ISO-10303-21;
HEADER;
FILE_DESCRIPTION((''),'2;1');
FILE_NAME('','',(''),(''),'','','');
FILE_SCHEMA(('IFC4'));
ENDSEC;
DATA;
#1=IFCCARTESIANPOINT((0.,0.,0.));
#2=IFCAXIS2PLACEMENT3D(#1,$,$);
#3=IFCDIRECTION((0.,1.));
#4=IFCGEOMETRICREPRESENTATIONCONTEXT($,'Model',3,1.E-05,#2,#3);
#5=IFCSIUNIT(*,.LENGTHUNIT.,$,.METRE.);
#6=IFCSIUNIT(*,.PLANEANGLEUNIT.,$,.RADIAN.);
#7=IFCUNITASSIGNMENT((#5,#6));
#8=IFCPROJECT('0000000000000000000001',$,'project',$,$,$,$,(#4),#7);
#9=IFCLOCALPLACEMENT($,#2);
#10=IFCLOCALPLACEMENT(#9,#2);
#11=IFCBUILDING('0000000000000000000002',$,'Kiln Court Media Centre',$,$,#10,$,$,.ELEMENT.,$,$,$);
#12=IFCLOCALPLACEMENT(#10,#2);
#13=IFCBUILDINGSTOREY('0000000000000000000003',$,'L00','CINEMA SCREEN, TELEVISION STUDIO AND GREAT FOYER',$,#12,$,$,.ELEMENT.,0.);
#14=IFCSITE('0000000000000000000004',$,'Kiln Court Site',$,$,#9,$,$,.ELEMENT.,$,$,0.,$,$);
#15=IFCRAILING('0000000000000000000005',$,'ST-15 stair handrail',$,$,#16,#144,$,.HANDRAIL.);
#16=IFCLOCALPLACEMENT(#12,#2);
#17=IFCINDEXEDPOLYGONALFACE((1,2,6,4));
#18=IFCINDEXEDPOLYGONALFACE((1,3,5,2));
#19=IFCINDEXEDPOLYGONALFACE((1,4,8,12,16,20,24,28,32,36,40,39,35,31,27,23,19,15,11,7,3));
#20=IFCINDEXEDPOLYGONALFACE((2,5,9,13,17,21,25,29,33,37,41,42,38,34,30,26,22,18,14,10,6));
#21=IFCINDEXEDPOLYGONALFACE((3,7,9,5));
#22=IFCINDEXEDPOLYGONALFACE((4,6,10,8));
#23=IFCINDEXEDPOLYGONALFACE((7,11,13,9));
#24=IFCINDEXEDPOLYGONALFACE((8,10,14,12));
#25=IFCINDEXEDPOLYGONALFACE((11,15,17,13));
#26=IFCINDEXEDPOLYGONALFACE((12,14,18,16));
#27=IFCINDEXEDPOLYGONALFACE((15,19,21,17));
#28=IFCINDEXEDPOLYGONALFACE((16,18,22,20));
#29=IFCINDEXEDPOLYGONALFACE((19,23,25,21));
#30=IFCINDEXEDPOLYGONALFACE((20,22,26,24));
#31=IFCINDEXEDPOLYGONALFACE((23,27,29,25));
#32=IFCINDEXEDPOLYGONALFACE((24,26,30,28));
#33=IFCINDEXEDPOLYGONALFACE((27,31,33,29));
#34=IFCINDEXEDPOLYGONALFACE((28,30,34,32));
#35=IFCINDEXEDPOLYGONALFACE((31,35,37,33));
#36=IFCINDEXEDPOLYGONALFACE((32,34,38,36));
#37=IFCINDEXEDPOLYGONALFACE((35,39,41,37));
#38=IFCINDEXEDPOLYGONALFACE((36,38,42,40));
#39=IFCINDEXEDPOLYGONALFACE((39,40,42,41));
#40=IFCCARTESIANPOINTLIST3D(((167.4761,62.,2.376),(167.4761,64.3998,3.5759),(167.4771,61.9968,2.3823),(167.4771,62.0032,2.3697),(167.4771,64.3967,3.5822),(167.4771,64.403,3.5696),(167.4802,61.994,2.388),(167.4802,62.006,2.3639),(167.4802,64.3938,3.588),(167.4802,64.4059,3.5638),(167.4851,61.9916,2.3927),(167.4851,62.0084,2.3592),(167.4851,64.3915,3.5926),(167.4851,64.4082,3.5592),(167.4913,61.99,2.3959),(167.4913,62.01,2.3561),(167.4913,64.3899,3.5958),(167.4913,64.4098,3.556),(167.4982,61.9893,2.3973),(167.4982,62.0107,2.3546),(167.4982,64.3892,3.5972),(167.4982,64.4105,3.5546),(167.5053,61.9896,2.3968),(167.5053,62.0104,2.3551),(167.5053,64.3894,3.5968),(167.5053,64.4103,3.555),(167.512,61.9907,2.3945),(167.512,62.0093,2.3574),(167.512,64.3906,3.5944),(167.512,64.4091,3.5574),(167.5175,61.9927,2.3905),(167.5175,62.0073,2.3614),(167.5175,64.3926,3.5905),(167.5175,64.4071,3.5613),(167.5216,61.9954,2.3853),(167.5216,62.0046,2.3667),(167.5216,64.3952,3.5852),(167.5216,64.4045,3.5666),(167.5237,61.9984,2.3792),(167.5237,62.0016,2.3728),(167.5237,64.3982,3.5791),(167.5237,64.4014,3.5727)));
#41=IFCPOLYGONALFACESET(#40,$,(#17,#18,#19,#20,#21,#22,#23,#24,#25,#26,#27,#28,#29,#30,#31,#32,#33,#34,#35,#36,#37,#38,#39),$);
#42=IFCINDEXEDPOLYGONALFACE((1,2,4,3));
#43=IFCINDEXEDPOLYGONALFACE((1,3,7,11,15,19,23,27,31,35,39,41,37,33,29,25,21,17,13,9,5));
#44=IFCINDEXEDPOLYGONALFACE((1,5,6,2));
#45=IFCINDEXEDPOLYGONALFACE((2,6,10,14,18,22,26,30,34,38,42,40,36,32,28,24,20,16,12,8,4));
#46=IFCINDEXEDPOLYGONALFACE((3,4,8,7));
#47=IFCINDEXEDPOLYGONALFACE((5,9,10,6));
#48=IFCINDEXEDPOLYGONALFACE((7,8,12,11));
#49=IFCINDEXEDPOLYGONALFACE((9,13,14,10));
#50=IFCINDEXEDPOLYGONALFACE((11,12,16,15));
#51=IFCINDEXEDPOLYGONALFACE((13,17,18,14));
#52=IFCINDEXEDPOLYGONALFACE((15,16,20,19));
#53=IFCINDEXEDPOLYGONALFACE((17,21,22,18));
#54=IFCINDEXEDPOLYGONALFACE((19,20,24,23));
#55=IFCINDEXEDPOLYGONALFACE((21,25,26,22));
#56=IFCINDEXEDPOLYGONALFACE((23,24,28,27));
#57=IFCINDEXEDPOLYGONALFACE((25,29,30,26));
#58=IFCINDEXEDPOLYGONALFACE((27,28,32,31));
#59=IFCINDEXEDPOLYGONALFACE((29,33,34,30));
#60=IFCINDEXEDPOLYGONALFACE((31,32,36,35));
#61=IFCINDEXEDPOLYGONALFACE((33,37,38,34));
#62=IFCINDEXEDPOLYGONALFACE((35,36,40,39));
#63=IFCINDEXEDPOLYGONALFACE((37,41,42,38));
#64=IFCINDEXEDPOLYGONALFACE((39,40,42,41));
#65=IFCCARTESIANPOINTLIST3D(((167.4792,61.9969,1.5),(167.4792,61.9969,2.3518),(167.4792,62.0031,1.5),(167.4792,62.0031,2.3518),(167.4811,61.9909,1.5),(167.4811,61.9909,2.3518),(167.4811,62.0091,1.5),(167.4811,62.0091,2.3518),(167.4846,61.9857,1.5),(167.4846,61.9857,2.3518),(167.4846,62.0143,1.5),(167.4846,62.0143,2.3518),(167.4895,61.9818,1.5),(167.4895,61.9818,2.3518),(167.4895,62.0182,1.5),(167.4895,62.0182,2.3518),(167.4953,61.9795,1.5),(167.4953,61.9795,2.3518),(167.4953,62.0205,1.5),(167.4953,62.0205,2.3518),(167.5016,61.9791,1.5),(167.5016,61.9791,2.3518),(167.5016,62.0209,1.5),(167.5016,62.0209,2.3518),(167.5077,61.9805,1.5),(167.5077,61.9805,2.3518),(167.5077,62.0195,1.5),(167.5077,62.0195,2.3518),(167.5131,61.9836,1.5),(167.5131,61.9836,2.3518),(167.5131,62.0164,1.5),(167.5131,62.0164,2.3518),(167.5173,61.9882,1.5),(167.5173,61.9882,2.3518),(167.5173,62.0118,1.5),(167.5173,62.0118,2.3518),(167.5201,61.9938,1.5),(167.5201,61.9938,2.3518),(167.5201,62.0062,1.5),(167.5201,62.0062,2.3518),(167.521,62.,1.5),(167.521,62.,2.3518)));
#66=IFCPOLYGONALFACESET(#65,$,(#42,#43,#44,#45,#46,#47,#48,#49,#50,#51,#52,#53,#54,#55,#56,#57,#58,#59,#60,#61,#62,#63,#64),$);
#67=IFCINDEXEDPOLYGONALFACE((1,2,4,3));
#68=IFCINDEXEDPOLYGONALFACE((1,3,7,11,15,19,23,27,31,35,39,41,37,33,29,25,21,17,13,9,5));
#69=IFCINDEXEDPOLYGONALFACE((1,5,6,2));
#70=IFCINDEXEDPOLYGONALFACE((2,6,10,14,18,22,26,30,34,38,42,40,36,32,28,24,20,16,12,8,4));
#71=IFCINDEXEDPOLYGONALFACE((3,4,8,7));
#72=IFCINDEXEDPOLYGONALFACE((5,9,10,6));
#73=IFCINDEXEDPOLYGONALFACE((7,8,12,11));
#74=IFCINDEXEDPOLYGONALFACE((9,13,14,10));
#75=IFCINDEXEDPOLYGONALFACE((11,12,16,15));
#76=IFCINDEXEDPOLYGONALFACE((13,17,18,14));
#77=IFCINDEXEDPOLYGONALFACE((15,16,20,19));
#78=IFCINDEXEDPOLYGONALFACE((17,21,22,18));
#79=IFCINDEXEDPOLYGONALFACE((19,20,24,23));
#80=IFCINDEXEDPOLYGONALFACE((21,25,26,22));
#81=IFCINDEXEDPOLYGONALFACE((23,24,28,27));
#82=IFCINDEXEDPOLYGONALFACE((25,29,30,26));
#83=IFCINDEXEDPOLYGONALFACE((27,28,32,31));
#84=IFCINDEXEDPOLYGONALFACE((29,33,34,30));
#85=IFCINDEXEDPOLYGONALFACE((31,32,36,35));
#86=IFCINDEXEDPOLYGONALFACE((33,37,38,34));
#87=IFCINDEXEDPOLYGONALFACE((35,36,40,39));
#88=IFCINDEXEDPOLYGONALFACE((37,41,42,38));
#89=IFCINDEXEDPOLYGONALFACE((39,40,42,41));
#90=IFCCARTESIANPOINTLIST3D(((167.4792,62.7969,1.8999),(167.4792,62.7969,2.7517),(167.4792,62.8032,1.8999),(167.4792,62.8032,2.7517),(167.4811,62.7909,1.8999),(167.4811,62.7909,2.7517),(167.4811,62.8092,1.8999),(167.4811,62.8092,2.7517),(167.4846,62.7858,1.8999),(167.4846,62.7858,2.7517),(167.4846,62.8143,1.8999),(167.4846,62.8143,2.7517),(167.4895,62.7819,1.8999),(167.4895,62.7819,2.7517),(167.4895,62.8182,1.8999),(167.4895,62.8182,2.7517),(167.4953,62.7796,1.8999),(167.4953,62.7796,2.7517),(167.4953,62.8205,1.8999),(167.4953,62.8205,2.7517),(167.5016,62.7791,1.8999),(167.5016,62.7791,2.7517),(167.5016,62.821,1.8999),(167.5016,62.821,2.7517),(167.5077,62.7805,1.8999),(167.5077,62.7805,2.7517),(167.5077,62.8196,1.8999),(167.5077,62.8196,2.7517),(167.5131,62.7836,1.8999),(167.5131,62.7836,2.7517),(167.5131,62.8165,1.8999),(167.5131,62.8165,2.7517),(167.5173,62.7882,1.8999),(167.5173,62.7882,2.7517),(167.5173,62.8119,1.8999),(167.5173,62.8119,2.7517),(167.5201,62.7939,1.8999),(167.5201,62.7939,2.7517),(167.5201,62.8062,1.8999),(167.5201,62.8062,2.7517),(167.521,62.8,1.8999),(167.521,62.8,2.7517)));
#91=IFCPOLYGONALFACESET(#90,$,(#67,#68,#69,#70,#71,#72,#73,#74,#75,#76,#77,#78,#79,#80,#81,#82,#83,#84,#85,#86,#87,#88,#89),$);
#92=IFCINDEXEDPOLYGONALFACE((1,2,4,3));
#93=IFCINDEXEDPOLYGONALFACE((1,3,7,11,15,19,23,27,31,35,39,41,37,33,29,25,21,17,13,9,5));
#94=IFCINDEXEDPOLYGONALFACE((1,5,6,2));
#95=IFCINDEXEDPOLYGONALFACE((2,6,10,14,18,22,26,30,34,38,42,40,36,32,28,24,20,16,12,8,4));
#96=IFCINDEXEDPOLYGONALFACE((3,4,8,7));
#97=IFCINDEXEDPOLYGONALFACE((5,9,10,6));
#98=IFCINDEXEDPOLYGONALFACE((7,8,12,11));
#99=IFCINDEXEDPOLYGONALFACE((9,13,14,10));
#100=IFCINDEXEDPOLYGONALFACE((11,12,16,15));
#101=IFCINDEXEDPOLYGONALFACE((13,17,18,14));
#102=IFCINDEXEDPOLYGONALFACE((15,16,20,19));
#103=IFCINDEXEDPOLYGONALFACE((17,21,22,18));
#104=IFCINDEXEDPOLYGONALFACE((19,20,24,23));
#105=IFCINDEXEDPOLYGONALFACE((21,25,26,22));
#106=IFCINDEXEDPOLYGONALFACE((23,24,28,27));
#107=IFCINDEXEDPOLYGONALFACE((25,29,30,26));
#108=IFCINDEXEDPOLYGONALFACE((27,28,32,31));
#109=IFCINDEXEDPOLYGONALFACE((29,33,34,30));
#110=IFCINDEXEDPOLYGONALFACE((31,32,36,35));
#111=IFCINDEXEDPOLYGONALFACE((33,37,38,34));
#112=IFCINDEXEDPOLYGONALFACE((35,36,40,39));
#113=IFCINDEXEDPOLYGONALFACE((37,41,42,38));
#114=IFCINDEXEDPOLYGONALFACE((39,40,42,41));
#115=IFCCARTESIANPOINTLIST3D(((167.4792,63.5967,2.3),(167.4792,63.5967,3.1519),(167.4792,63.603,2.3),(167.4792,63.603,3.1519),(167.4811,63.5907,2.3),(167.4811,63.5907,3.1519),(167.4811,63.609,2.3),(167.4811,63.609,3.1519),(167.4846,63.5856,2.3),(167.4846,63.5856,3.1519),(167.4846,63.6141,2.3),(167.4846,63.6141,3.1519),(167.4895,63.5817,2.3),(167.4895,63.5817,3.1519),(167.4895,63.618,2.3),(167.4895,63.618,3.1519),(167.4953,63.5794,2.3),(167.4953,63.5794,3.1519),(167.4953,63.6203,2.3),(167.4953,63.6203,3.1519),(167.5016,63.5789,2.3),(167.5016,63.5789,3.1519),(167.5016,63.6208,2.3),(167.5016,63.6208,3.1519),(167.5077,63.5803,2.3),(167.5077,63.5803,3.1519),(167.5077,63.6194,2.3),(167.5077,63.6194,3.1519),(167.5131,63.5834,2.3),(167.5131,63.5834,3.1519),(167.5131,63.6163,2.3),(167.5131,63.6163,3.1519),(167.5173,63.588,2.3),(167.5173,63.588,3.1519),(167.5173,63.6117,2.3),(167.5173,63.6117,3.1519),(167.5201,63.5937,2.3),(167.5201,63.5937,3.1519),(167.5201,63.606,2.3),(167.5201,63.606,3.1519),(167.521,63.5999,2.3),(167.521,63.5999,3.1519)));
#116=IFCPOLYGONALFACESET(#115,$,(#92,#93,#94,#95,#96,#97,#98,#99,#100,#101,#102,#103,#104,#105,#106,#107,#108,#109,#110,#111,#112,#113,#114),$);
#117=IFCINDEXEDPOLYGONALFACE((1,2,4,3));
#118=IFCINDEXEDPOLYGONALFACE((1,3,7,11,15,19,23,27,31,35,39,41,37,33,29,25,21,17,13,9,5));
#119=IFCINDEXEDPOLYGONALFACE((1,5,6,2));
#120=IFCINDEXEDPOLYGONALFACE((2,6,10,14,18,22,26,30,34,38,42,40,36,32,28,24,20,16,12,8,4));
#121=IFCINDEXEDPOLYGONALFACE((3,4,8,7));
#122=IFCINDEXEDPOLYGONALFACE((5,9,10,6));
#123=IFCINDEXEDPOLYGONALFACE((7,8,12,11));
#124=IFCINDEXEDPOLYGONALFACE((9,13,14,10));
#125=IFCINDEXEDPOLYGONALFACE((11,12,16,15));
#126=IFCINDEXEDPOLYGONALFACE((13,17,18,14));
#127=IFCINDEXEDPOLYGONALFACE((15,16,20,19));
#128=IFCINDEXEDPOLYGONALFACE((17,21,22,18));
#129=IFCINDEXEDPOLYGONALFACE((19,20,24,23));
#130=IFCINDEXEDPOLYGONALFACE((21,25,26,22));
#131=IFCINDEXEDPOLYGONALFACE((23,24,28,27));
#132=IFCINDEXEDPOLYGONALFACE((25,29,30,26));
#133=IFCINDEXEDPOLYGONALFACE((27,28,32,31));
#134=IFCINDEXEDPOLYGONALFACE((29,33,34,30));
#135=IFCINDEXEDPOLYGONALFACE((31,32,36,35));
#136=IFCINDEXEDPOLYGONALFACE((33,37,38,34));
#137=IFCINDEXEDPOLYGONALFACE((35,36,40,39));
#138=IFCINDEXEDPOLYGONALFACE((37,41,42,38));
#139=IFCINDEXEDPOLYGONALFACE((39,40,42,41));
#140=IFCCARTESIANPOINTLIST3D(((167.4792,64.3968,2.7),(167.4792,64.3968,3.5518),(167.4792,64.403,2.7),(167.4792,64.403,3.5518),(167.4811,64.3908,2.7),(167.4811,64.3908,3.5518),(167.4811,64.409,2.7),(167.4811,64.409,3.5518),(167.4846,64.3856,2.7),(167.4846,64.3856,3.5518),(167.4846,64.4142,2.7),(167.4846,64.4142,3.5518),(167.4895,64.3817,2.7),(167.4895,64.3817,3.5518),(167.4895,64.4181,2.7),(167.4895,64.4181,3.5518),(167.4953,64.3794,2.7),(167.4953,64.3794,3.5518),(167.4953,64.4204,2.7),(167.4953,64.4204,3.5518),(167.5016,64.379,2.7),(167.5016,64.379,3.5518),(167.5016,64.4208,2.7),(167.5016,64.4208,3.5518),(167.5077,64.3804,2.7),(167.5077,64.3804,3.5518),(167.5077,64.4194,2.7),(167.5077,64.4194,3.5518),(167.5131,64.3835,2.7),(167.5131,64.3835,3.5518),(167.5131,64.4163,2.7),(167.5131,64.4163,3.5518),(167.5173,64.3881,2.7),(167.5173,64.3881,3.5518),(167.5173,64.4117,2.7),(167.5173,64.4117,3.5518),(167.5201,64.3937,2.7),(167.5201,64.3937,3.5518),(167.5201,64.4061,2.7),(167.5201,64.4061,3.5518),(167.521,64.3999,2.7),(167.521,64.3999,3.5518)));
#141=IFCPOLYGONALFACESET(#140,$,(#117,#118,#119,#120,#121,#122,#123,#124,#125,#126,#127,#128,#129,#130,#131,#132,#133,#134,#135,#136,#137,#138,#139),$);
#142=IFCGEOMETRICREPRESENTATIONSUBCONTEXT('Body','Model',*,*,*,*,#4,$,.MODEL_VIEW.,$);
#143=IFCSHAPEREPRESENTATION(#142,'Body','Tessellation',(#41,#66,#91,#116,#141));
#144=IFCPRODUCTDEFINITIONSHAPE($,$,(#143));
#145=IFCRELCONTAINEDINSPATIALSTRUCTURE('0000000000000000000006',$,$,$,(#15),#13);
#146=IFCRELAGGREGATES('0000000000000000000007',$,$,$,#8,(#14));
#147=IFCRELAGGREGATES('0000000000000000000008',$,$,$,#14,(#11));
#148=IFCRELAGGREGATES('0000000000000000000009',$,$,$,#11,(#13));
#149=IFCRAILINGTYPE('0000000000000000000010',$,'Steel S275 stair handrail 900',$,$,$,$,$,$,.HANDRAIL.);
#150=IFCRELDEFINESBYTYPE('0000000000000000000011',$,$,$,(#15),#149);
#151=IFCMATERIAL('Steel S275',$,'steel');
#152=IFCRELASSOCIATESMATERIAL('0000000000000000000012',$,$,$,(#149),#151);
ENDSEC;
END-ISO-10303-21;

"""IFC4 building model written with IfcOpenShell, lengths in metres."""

from ifc_helpers import new_model, si_unit, direction, frame, origin, origin_2d, place, context, subcontext, project, spatial, circle, extrude, material, type_object, element, save


model = new_model("IFC4")

# Units and contexts
model_context = context("Model", 3, precision=1e-05, world=origin(), true_north=direction((0.0, 1.0)))
body_context = subcontext(model_context, "Body", "Model", "MODEL_VIEW")
ifc_project = project(units=[si_unit("LENGTHUNIT", "METRE"), si_unit("PLANEANGLEUNIT", "RADIAN")], contexts=[model_context])

# Site, building, storey
site_placement = place(None, origin())
site = spatial("IfcSite", under=ifc_project, at=site_placement, Name="Kiln Court Site", CompositionType="ELEMENT", RefElevation=0.0)
building_placement = place(site_placement, origin())
building = spatial("IfcBuilding", under=site, at=building_placement, Name="Kiln Court Media Centre", CompositionType="ELEMENT")
storey_placement = place(building_placement, origin())
storey = spatial("IfcBuildingStorey", under=building, at=storey_placement, Name="L00", Description="CINEMA SCREEN, TELEVISION STUDIO AND GREAT FOYER", CompositionType="ELEMENT", Elevation=0.0)

# Railing
ifc_material_1 = material(Name="Steel S275", Category="steel")
railing_type_1 = type_object("IfcRailingType", Name="Steel S275 stair handrail 900", PredefinedType="HANDRAIL", material=ifc_material_1)
railing_1_placement = place(storey_placement, frame((167.5, 62.0, 1.5)))
element("IfcRailing", 1, at=railing_1_placement, inside=storey, type_object=railing_type_1, Name="ST-15 stair handrail", PredefinedType="HANDRAIL", context=body_context, shape_type="SweptSolid", body=[
    extrude(circle(Radius=0.0239, at=origin_2d()), frame((0.0, 0.0, 0.876), z_axis=(0.0, 0.894427, 0.447214), x_axis=(-1.0, 0.0, 0.0)), (0.0, 0.0, 1.0), 2.6831),
    extrude(circle(Radius=0.021, at=origin_2d()), origin(), (0.0, 0.0, 1.0), 0.8518),
    extrude(circle(Radius=0.021, at=origin_2d()), frame((0.0, 0.8, 0.3999)), (0.0, 0.0, 1.0), 0.8518),
    extrude(circle(Radius=0.021, at=origin_2d()), frame((0.0, 1.5999, 0.8)), (0.0, 0.0, 1.0), 0.8518),
    extrude(circle(Radius=0.021, at=origin_2d()), frame((0.0, 2.3999, 1.2)), (0.0, 0.0, 1.0), 0.8518),
])

save(model, "model.ifc")
